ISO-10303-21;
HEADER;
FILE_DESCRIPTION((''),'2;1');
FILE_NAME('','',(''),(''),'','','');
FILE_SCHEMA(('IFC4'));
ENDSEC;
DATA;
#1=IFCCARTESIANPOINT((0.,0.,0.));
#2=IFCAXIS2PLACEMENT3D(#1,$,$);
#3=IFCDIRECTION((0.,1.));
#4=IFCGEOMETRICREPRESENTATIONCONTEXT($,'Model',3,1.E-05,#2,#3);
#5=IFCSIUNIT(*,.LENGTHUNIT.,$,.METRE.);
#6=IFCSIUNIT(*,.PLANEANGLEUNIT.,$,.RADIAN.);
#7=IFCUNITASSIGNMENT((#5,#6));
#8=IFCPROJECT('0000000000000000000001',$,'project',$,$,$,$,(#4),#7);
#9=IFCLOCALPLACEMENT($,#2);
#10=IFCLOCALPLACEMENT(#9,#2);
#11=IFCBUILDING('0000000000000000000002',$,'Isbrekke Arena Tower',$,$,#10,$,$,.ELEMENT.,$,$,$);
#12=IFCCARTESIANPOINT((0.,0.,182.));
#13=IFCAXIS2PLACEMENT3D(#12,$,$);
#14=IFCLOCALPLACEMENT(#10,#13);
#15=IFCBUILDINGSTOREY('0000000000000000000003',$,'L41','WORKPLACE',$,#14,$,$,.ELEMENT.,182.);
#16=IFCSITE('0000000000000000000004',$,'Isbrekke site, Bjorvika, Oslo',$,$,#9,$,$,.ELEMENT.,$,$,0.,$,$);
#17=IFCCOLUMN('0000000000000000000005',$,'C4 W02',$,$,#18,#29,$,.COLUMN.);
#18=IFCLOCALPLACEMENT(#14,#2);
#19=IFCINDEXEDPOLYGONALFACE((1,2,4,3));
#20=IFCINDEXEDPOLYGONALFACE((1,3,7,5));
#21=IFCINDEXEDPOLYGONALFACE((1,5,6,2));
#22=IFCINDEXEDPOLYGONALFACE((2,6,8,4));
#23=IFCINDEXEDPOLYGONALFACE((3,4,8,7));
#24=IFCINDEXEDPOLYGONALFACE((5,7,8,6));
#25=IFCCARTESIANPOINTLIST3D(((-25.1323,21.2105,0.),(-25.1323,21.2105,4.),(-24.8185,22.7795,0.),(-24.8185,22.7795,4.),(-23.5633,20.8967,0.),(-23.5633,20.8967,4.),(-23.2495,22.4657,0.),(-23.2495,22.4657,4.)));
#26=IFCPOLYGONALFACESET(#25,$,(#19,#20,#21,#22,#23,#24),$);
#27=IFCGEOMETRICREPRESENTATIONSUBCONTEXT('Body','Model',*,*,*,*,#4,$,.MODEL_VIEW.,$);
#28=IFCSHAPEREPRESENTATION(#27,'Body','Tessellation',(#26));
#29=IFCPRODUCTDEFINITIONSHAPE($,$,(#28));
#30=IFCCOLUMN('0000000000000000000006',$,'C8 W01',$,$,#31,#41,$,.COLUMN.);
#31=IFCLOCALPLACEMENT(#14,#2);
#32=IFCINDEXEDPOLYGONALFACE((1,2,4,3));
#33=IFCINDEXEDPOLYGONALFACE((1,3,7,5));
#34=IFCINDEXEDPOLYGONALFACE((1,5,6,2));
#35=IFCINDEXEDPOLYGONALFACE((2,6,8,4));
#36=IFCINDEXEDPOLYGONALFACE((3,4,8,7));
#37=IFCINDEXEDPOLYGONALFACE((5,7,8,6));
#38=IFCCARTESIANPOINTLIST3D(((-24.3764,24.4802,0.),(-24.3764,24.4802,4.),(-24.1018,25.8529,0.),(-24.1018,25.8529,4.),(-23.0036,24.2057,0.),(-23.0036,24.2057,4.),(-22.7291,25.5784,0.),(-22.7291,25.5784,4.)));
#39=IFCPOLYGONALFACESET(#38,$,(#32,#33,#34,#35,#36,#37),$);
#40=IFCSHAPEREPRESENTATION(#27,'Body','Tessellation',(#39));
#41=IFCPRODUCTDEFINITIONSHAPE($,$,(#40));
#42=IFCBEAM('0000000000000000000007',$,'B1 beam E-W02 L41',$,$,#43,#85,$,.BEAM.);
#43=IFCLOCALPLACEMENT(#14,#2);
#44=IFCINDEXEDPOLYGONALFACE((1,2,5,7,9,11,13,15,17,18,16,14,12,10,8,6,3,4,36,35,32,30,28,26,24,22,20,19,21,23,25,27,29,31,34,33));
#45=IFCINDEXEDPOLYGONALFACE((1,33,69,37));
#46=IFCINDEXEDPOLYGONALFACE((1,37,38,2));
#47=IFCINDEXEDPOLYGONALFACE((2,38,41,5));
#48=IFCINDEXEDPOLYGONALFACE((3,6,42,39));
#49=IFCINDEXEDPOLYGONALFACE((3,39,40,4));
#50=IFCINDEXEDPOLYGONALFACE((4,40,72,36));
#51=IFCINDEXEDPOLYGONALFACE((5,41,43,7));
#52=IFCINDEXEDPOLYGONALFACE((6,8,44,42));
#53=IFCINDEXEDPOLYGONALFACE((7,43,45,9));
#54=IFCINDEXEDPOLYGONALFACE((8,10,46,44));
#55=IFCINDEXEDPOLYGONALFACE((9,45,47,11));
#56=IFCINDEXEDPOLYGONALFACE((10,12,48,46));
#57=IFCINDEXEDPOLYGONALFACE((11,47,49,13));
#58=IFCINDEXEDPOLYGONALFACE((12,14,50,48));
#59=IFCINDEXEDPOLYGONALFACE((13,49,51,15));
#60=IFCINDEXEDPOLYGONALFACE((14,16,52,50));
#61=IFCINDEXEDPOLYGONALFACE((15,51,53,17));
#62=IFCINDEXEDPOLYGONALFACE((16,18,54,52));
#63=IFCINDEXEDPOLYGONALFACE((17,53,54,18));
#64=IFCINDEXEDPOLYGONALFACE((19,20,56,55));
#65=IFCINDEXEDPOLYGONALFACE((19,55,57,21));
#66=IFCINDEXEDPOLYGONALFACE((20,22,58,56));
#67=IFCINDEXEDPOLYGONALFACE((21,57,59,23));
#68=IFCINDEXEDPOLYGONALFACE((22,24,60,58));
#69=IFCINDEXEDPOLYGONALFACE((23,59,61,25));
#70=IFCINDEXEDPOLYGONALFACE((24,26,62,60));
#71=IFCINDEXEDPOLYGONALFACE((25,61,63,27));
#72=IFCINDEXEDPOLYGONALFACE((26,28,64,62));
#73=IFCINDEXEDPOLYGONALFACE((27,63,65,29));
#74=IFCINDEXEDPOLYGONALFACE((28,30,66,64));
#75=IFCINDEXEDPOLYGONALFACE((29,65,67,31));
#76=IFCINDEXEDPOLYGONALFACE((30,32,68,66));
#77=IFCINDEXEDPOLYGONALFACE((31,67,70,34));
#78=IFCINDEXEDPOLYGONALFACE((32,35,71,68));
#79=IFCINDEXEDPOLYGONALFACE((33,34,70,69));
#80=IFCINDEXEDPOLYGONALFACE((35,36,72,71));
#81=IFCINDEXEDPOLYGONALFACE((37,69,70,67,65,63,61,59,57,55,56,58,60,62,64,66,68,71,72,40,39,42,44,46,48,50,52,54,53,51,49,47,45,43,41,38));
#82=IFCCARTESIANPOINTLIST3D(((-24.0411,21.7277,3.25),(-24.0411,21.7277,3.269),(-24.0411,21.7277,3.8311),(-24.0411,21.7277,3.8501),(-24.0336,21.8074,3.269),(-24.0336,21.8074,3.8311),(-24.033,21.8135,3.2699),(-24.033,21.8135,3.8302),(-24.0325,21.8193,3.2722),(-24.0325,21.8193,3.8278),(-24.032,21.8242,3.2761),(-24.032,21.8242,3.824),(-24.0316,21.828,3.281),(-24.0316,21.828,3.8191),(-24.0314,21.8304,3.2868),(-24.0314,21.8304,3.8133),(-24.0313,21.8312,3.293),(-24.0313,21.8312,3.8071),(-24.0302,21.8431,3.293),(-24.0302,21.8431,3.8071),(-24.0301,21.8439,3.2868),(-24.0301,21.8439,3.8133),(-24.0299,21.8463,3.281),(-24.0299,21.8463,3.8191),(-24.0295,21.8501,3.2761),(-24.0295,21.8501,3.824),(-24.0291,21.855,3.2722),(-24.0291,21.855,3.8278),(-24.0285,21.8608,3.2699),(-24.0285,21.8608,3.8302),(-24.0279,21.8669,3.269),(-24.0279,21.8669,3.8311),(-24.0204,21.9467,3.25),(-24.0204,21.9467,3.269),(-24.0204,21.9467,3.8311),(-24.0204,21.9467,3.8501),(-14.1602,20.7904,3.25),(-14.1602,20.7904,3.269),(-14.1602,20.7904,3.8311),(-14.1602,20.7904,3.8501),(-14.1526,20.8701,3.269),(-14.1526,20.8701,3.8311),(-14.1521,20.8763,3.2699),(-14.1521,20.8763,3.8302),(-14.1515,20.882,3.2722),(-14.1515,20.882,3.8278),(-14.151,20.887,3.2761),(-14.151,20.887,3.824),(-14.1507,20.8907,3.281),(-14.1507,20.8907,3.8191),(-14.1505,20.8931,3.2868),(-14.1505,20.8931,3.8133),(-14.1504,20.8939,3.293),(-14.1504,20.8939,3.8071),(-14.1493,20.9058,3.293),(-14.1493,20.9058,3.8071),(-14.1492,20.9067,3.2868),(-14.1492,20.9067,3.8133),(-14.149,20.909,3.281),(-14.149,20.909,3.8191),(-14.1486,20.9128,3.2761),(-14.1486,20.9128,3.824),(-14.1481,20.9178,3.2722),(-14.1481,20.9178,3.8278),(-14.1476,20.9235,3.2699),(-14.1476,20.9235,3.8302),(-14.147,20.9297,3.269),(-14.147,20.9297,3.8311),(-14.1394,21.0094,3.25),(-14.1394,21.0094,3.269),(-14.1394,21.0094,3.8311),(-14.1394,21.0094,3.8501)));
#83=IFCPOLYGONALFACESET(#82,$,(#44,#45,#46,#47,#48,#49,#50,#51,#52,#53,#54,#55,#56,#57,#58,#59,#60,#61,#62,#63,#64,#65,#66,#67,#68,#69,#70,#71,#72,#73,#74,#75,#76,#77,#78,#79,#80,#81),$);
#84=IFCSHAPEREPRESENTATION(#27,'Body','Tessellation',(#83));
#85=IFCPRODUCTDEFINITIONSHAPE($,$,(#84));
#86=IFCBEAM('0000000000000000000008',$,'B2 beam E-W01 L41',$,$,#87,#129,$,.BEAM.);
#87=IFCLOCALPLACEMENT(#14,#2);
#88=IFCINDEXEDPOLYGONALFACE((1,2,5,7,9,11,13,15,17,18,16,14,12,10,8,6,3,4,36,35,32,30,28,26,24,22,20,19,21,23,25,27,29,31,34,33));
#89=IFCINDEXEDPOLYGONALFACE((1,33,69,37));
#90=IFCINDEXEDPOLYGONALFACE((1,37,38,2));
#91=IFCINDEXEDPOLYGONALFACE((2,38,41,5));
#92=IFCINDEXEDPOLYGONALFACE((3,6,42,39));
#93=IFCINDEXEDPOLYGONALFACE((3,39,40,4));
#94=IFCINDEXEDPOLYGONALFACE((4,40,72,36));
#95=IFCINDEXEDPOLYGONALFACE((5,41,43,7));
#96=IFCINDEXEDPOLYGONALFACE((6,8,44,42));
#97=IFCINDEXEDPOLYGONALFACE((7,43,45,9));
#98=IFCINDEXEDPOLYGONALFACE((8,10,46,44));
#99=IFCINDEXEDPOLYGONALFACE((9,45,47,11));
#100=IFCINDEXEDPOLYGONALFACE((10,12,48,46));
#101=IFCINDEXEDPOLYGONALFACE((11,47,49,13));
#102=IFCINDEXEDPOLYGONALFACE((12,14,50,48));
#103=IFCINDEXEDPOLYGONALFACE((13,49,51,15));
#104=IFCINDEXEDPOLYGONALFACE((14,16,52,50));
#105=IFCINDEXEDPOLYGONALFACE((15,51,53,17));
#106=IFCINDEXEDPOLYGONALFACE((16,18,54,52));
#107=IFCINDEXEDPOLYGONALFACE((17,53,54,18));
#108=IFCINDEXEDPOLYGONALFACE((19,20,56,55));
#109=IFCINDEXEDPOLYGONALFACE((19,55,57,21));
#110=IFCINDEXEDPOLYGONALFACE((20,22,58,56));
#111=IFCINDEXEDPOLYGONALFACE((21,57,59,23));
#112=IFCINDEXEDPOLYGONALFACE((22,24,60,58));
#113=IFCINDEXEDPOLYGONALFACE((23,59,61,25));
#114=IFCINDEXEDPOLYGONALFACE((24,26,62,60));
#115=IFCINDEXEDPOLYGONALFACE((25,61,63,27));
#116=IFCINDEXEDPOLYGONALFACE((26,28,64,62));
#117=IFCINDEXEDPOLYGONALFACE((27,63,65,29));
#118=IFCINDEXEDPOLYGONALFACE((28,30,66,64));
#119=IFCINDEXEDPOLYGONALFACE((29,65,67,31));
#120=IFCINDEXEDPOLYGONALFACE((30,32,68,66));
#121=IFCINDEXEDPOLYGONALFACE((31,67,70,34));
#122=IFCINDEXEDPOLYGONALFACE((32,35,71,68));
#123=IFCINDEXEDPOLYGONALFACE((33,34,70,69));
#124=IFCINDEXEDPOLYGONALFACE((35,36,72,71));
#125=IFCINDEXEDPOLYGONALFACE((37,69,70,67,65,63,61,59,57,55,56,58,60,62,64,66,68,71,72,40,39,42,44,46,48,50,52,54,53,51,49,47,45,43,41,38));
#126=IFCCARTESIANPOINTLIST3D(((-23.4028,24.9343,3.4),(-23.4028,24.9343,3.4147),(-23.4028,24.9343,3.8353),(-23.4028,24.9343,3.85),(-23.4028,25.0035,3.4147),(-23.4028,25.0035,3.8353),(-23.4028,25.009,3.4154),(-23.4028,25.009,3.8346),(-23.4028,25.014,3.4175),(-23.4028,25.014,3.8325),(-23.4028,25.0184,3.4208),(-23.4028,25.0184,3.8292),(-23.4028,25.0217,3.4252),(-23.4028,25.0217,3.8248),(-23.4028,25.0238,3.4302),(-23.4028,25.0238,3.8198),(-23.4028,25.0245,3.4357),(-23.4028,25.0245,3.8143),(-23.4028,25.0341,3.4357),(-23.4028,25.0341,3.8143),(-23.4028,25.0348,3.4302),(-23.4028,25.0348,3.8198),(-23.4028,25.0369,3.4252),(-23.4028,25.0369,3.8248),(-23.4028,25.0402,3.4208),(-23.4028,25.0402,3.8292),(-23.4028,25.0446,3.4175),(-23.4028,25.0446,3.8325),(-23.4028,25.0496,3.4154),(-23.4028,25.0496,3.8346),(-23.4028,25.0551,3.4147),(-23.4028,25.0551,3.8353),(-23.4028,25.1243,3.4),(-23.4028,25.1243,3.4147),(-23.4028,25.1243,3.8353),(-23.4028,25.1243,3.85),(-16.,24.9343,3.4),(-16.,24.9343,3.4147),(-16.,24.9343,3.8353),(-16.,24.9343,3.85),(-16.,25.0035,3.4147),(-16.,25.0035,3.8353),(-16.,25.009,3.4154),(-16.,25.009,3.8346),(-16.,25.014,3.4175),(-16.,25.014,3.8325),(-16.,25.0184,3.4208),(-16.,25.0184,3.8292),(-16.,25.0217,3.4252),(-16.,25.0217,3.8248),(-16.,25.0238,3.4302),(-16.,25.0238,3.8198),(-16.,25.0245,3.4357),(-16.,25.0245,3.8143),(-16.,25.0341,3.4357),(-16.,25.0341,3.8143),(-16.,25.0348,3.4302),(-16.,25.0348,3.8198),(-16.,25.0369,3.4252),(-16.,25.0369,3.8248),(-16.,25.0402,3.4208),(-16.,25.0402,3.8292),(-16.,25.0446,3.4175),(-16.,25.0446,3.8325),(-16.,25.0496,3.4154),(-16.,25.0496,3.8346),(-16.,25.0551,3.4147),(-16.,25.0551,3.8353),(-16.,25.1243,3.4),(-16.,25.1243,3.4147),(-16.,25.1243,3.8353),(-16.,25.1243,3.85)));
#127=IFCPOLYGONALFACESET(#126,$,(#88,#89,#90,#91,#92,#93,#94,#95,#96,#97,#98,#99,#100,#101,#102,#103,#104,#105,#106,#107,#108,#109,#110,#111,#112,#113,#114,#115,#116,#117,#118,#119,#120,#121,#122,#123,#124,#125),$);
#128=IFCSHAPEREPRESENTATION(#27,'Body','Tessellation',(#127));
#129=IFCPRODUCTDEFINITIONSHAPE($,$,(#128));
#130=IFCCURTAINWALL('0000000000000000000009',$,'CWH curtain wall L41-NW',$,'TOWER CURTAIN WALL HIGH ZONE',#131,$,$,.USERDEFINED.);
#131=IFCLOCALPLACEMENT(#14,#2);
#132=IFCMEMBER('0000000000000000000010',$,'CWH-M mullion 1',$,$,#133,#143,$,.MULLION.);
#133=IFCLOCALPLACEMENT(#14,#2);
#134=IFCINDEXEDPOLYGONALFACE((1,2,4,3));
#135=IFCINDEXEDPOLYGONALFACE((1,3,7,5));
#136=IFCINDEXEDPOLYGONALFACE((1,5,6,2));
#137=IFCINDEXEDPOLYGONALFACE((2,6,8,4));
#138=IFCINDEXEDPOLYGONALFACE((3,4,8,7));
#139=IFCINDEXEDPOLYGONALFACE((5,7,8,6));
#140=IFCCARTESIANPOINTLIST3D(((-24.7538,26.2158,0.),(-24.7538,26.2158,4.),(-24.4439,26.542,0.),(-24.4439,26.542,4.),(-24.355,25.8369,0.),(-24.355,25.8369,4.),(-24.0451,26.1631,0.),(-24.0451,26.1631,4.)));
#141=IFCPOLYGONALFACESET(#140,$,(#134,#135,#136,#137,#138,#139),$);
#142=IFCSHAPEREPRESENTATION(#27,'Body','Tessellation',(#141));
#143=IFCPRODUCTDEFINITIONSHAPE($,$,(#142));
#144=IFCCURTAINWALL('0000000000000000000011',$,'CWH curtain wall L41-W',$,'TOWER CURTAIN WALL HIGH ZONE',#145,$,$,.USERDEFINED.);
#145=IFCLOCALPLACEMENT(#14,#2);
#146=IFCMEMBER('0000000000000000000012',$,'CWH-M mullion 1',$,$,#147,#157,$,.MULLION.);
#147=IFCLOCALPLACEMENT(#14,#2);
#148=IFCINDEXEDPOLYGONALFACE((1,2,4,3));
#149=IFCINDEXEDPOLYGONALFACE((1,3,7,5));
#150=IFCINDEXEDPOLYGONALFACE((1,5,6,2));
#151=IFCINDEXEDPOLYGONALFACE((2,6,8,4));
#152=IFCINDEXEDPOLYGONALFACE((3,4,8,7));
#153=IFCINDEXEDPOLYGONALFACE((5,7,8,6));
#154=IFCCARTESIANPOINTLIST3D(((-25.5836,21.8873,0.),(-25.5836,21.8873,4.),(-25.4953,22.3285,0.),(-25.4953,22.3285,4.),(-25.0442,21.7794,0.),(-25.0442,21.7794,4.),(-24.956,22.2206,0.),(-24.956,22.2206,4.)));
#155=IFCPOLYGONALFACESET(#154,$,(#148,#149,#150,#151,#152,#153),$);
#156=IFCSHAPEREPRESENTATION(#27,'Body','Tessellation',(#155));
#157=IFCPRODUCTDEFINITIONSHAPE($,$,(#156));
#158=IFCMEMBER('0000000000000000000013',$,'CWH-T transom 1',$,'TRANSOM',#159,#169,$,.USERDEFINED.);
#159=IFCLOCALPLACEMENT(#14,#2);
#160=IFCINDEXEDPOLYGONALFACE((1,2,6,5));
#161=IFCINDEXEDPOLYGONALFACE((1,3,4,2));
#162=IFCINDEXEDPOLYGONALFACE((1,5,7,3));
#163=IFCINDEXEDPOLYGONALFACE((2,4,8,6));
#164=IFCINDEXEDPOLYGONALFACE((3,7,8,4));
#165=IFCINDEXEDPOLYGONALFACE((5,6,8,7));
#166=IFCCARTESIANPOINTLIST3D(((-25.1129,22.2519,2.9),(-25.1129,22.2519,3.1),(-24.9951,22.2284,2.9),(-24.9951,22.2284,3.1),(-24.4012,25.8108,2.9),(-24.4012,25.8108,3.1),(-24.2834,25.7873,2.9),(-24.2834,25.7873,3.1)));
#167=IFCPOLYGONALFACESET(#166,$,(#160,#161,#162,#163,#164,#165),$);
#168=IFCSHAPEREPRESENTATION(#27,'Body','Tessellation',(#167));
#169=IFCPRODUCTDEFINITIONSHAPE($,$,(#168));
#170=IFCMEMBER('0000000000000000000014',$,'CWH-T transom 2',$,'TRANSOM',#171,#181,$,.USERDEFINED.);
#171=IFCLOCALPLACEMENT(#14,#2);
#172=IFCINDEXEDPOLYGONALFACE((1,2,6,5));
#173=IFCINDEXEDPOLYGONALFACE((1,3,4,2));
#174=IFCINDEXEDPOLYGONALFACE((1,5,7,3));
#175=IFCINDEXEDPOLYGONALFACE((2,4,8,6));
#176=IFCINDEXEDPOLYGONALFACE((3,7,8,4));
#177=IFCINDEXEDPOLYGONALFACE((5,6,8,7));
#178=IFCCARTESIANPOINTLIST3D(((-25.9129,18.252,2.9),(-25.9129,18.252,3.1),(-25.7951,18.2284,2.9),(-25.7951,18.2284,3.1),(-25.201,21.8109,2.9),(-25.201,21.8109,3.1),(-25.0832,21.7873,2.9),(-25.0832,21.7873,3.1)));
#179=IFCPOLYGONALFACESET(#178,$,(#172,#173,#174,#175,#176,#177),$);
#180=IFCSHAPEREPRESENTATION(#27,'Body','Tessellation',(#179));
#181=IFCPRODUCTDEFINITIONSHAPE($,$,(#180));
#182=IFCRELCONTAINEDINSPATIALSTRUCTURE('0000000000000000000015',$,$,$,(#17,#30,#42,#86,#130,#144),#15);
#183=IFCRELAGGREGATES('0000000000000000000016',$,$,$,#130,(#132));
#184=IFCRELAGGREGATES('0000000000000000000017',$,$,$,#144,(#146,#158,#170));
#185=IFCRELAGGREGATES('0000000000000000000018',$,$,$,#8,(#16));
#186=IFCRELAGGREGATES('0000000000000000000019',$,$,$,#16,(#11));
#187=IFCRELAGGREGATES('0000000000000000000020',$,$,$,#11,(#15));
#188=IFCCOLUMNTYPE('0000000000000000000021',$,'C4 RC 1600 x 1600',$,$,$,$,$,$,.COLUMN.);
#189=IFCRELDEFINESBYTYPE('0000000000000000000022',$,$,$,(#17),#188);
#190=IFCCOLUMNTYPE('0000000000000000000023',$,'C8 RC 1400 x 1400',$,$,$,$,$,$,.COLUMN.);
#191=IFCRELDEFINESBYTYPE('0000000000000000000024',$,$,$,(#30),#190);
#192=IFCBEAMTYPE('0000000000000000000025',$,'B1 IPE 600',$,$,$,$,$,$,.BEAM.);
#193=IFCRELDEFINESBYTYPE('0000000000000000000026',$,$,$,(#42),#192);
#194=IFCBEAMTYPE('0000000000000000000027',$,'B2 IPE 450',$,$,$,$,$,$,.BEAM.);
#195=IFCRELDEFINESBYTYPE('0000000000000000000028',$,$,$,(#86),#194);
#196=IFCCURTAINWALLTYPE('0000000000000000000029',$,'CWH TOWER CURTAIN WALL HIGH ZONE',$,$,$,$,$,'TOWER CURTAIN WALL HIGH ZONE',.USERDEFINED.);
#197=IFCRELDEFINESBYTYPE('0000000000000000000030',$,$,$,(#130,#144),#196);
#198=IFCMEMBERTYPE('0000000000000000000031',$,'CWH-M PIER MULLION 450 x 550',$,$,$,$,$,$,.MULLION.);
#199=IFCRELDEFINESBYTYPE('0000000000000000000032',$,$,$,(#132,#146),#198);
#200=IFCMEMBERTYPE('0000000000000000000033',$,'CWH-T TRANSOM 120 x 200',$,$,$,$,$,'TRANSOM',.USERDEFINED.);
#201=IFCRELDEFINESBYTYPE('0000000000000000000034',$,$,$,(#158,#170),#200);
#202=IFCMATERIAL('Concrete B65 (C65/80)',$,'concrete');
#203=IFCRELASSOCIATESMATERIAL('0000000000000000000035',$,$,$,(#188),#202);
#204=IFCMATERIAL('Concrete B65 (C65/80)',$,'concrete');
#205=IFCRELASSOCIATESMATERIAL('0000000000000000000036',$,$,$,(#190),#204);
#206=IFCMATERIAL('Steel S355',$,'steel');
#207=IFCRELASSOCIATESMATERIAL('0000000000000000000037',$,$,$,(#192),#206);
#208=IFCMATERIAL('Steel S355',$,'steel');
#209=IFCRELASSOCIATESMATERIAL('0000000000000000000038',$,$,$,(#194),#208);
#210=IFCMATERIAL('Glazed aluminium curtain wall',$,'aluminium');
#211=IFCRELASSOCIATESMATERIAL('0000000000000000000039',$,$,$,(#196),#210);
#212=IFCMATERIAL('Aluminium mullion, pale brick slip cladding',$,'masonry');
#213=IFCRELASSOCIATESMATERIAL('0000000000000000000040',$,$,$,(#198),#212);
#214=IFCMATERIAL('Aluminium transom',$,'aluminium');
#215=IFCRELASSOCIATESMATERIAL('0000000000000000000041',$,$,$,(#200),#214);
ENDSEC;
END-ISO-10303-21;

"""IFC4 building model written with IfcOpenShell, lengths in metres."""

from ifc_helpers import new_model, si_unit, direction, frame, origin, origin_2d, place, context, subcontext, project, spatial, rectangle, i_section, extrude, material, material_profile, profile_set, type_object, element, aggregate, save


model = new_model("IFC4")

# Units and contexts
model_context = context("Model", 3, precision=1e-05, world=origin(), true_north=direction((0.0, 1.0)))
body_context = subcontext(model_context, "Body", "Model", "MODEL_VIEW")
ifc_project = project(units=[si_unit("LENGTHUNIT", "METRE"), si_unit("PLANEANGLEUNIT", "RADIAN")], contexts=[model_context])

# Site, building, storey
site_placement = place(None, origin())
site = spatial("IfcSite", under=ifc_project, at=site_placement, Name="Isbrekke site, Bjorvika, Oslo", CompositionType="ELEMENT", RefElevation=0.0)
building_placement = place(site_placement, origin())
building = spatial("IfcBuilding", under=site, at=building_placement, Name="Isbrekke Arena Tower", CompositionType="ELEMENT")
storey_placement = place(building_placement, frame((0.0, 0.0, 182.0)))
storey = spatial("IfcBuildingStorey", under=building, at=storey_placement, Name="L41", Description="WORKPLACE", CompositionType="ELEMENT", Elevation=182.0)

# Columns
ifc_material_1 = material(Name="Concrete B65 (C65/80)", Category="concrete")
ifc_material_profile_1 = material_profile(ifc_material_1, rectangle(XDim=1.6001, YDim=1.6001, at=origin_2d()), Name="RC 1600x1600")
ifc_profile_set_1 = profile_set([ifc_material_profile_1], Name="Concrete B65 (C65/80)")
column_type_1 = type_object("IfcColumnType", Name="C4 RC 1600 x 1600", PredefinedType="COLUMN", material=ifc_profile_set_1)
column_1_placement = place(storey_placement, frame((-24.1909, 21.8381, 0.0), z_axis=(0.0, 0.0, 1.0), x_axis=(-0.196116, -0.980581, 0.0)))
element("IfcColumn", 1, at=column_1_placement, inside=storey, type_object=column_type_1, Name="C4 W02", PredefinedType="COLUMN", context=body_context, shape_type="SweptSolid", body=[
    extrude(rectangle(XDim=1.6001, YDim=1.6001, at=origin_2d()), origin(), (0.0, 0.0, 1.0), 4.0),
])
ifc_material_2 = material(Name="Concrete B65 (C65/80)", Category="concrete")
ifc_material_profile_2 = material_profile(ifc_material_2, rectangle(XDim=1.3999, YDim=1.3999, at=origin_2d()), Name="RC 1400x1400")
ifc_profile_set_2 = profile_set([ifc_material_profile_2], Name="Concrete B65 (C65/80)")
column_type_2 = type_object("IfcColumnType", Name="C8 RC 1400 x 1400", PredefinedType="COLUMN", material=ifc_profile_set_2)
column_2_placement = place(storey_placement, frame((-23.5527, 25.0293, 0.0), z_axis=(0.0, 0.0, 1.0), x_axis=(-0.196116, -0.980581, 0.0)))
element("IfcColumn", 2, at=column_2_placement, inside=storey, type_object=column_type_2, Name="C8 W01", PredefinedType="COLUMN", context=body_context, shape_type="SweptSolid", body=[
    extrude(rectangle(XDim=1.3999, YDim=1.3999, at=origin_2d()), origin(), (0.0, 0.0, 1.0), 4.0),
])

# Beams
ifc_material_3 = material(Name="Steel S355", Category="steel")
ifc_material_profile_3 = material_profile(ifc_material_3, i_section(OverallWidth=0.22, OverallDepth=0.6001, WebThickness=0.012, FlangeThickness=0.019, FilletRadius=0.0239, at=origin_2d()), Name="IPE 600")
ifc_profile_set_3 = profile_set([ifc_material_profile_3], Name="Steel S355")
beam_type_1 = type_object("IfcBeamType", Name="B1 IPE 600", PredefinedType="BEAM", material=ifc_profile_set_3)
beam_1_placement = place(storey_placement, frame((-24.0308, 21.8372, 3.55), z_axis=(0.995531, -0.094432, 0.0), x_axis=(0.094432, 0.995531, 0.0)))
element("IfcBeam", 3, at=beam_1_placement, inside=storey, type_object=beam_type_1, Name="B1 beam E-W02 L41", PredefinedType="BEAM", context=body_context, shape_type="SweptSolid", body=[
    extrude(i_section(OverallWidth=0.22, OverallDepth=0.6001, WebThickness=0.012, FlangeThickness=0.019, FilletRadius=0.0239, at=origin_2d()), origin(), (0.0, 0.0, 1.0), 9.9253),
])
ifc_material_4 = material(Name="Steel S355", Category="steel")
ifc_material_profile_4 = material_profile(ifc_material_4, i_section(OverallWidth=0.1899, OverallDepth=0.45, WebThickness=0.0095, FlangeThickness=0.0146, FilletRadius=0.021, at=origin_2d()), Name="IPE 450")
ifc_profile_set_4 = profile_set([ifc_material_profile_4], Name="Steel S355")
beam_type_2 = type_object("IfcBeamType", Name="B2 IPE 450", PredefinedType="BEAM", material=ifc_profile_set_4)
beam_2_placement = place(storey_placement, frame((-23.4028, 25.0293, 3.625), z_axis=(1.0, 0.0, 0.0), x_axis=(0.0, 1.0, 0.0)))
element("IfcBeam", 4, at=beam_2_placement, inside=storey, type_object=beam_type_2, Name="B2 beam E-W01 L41", PredefinedType="BEAM", context=body_context, shape_type="SweptSolid", body=[
    extrude(i_section(OverallWidth=0.1899, OverallDepth=0.45, WebThickness=0.0095, FlangeThickness=0.0146, FilletRadius=0.021, at=origin_2d()), origin(), (0.0, 0.0, 1.0), 7.4028),
])

# Curtain wall, member
ifc_material_5 = material(Name="Glazed aluminium curtain wall", Category="aluminium")
curtain_wall_type = type_object("IfcCurtainWallType", Name="CWH TOWER CURTAIN WALL HIGH ZONE", ElementType="TOWER CURTAIN WALL HIGH ZONE", PredefinedType="USERDEFINED", material=ifc_material_5)
curtain_wall_1_placement = place(storey_placement, origin())
curtain_wall_1 = element("IfcCurtainWall", 5, at=curtain_wall_1_placement, inside=storey, type_object=curtain_wall_type, Name="CWH curtain wall L41-NW", ObjectType="TOWER CURTAIN WALL HIGH ZONE", PredefinedType="USERDEFINED")
ifc_material_6 = material(Name="Aluminium mullion, pale brick slip cladding", Category="masonry")
ifc_material_profile_5 = material_profile(ifc_material_6, rectangle(XDim=0.45, YDim=0.55, at=origin_2d()), Name="PIER 450X550")
ifc_profile_set_5 = profile_set([ifc_material_profile_5], Name="Aluminium mullion, pale brick slip cladding")
member_type_1 = type_object("IfcMemberType", Name="CWH-M PIER MULLION 450 x 550", PredefinedType="MULLION", material=ifc_profile_set_5)
member_1_placement = place(storey_placement, frame((-24.3994, 26.1895, 0.0), z_axis=(0.0, 0.0, 1.0), x_axis=(-0.688749, -0.724999, 0.0)))
member_1 = element("IfcMember", 6, at=member_1_placement, type_object=member_type_1, Name="CWH-M mullion 1", PredefinedType="MULLION", context=body_context, shape_type="SweptSolid", body=[
    extrude(rectangle(XDim=0.45, YDim=0.55, at=origin_2d()), origin(), (0.0, 0.0, 1.0), 4.0),
])
aggregate(curtain_wall_1, [member_1])

# Curtain wall, members
curtain_wall_2_placement = place(storey_placement, origin())
curtain_wall_2 = element("IfcCurtainWall", 7, at=curtain_wall_2_placement, inside=storey, type_object=curtain_wall_type, Name="CWH curtain wall L41-W", ObjectType="TOWER CURTAIN WALL HIGH ZONE", PredefinedType="USERDEFINED")
member_2_placement = place(storey_placement, frame((-25.2698, 22.054, 0.0), z_axis=(0.0, 0.0, 1.0), x_axis=(-0.196116, -0.980581, 0.0)))
member_2 = element("IfcMember", 8, at=member_2_placement, type_object=member_type_1, Name="CWH-M mullion 1", PredefinedType="MULLION", context=body_context, shape_type="SweptSolid", body=[
    extrude(rectangle(XDim=0.45, YDim=0.55, at=origin_2d()), origin(), (0.0, 0.0, 1.0), 4.0),
])
ifc_material_7 = material(Name="Aluminium transom", Category="aluminium")
ifc_material_profile_6 = material_profile(ifc_material_7, rectangle(XDim=0.1201, YDim=0.2, at=origin_2d()), Name="TRANSOM 120X200")
ifc_profile_set_6 = profile_set([ifc_material_profile_6], Name="Aluminium transom")
member_type_2 = type_object("IfcMemberType", Name="CWH-T TRANSOM 120 x 200", ElementType="TRANSOM", PredefinedType="USERDEFINED", material=ifc_profile_set_6)
member_3_placement = place(storey_placement, frame((-24.3423, 25.7991, 3.0), z_axis=(-0.19609, -0.980586, 0.0), x_axis=(0.980586, -0.19609, 0.0)))
member_3 = element("IfcMember", 9, at=member_3_placement, type_object=member_type_2, Name="CWH-T transom 1", ObjectType="TRANSOM", PredefinedType="USERDEFINED", context=body_context, shape_type="SweptSolid", body=[
    extrude(rectangle(XDim=0.1201, YDim=0.2, at=origin_2d()), origin(), (0.0, 0.0, 1.0), 3.6294),
])
member_4_placement = place(storey_placement, frame((-25.1421, 21.7991, 3.0), z_axis=(-0.196155, -0.980573, 0.0), x_axis=(0.980573, -0.196155, 0.0)))
member_4 = element("IfcMember", 10, at=member_4_placement, type_object=member_type_2, Name="CWH-T transom 2", ObjectType="TRANSOM", PredefinedType="USERDEFINED", context=body_context, shape_type="SweptSolid", body=[
    extrude(rectangle(XDim=0.1201, YDim=0.2, at=origin_2d()), origin(), (0.0, 0.0, 1.0), 3.6294),
])

aggregate(curtain_wall_2, [member_2, member_3, member_4])

save(model, "model.ifc")
